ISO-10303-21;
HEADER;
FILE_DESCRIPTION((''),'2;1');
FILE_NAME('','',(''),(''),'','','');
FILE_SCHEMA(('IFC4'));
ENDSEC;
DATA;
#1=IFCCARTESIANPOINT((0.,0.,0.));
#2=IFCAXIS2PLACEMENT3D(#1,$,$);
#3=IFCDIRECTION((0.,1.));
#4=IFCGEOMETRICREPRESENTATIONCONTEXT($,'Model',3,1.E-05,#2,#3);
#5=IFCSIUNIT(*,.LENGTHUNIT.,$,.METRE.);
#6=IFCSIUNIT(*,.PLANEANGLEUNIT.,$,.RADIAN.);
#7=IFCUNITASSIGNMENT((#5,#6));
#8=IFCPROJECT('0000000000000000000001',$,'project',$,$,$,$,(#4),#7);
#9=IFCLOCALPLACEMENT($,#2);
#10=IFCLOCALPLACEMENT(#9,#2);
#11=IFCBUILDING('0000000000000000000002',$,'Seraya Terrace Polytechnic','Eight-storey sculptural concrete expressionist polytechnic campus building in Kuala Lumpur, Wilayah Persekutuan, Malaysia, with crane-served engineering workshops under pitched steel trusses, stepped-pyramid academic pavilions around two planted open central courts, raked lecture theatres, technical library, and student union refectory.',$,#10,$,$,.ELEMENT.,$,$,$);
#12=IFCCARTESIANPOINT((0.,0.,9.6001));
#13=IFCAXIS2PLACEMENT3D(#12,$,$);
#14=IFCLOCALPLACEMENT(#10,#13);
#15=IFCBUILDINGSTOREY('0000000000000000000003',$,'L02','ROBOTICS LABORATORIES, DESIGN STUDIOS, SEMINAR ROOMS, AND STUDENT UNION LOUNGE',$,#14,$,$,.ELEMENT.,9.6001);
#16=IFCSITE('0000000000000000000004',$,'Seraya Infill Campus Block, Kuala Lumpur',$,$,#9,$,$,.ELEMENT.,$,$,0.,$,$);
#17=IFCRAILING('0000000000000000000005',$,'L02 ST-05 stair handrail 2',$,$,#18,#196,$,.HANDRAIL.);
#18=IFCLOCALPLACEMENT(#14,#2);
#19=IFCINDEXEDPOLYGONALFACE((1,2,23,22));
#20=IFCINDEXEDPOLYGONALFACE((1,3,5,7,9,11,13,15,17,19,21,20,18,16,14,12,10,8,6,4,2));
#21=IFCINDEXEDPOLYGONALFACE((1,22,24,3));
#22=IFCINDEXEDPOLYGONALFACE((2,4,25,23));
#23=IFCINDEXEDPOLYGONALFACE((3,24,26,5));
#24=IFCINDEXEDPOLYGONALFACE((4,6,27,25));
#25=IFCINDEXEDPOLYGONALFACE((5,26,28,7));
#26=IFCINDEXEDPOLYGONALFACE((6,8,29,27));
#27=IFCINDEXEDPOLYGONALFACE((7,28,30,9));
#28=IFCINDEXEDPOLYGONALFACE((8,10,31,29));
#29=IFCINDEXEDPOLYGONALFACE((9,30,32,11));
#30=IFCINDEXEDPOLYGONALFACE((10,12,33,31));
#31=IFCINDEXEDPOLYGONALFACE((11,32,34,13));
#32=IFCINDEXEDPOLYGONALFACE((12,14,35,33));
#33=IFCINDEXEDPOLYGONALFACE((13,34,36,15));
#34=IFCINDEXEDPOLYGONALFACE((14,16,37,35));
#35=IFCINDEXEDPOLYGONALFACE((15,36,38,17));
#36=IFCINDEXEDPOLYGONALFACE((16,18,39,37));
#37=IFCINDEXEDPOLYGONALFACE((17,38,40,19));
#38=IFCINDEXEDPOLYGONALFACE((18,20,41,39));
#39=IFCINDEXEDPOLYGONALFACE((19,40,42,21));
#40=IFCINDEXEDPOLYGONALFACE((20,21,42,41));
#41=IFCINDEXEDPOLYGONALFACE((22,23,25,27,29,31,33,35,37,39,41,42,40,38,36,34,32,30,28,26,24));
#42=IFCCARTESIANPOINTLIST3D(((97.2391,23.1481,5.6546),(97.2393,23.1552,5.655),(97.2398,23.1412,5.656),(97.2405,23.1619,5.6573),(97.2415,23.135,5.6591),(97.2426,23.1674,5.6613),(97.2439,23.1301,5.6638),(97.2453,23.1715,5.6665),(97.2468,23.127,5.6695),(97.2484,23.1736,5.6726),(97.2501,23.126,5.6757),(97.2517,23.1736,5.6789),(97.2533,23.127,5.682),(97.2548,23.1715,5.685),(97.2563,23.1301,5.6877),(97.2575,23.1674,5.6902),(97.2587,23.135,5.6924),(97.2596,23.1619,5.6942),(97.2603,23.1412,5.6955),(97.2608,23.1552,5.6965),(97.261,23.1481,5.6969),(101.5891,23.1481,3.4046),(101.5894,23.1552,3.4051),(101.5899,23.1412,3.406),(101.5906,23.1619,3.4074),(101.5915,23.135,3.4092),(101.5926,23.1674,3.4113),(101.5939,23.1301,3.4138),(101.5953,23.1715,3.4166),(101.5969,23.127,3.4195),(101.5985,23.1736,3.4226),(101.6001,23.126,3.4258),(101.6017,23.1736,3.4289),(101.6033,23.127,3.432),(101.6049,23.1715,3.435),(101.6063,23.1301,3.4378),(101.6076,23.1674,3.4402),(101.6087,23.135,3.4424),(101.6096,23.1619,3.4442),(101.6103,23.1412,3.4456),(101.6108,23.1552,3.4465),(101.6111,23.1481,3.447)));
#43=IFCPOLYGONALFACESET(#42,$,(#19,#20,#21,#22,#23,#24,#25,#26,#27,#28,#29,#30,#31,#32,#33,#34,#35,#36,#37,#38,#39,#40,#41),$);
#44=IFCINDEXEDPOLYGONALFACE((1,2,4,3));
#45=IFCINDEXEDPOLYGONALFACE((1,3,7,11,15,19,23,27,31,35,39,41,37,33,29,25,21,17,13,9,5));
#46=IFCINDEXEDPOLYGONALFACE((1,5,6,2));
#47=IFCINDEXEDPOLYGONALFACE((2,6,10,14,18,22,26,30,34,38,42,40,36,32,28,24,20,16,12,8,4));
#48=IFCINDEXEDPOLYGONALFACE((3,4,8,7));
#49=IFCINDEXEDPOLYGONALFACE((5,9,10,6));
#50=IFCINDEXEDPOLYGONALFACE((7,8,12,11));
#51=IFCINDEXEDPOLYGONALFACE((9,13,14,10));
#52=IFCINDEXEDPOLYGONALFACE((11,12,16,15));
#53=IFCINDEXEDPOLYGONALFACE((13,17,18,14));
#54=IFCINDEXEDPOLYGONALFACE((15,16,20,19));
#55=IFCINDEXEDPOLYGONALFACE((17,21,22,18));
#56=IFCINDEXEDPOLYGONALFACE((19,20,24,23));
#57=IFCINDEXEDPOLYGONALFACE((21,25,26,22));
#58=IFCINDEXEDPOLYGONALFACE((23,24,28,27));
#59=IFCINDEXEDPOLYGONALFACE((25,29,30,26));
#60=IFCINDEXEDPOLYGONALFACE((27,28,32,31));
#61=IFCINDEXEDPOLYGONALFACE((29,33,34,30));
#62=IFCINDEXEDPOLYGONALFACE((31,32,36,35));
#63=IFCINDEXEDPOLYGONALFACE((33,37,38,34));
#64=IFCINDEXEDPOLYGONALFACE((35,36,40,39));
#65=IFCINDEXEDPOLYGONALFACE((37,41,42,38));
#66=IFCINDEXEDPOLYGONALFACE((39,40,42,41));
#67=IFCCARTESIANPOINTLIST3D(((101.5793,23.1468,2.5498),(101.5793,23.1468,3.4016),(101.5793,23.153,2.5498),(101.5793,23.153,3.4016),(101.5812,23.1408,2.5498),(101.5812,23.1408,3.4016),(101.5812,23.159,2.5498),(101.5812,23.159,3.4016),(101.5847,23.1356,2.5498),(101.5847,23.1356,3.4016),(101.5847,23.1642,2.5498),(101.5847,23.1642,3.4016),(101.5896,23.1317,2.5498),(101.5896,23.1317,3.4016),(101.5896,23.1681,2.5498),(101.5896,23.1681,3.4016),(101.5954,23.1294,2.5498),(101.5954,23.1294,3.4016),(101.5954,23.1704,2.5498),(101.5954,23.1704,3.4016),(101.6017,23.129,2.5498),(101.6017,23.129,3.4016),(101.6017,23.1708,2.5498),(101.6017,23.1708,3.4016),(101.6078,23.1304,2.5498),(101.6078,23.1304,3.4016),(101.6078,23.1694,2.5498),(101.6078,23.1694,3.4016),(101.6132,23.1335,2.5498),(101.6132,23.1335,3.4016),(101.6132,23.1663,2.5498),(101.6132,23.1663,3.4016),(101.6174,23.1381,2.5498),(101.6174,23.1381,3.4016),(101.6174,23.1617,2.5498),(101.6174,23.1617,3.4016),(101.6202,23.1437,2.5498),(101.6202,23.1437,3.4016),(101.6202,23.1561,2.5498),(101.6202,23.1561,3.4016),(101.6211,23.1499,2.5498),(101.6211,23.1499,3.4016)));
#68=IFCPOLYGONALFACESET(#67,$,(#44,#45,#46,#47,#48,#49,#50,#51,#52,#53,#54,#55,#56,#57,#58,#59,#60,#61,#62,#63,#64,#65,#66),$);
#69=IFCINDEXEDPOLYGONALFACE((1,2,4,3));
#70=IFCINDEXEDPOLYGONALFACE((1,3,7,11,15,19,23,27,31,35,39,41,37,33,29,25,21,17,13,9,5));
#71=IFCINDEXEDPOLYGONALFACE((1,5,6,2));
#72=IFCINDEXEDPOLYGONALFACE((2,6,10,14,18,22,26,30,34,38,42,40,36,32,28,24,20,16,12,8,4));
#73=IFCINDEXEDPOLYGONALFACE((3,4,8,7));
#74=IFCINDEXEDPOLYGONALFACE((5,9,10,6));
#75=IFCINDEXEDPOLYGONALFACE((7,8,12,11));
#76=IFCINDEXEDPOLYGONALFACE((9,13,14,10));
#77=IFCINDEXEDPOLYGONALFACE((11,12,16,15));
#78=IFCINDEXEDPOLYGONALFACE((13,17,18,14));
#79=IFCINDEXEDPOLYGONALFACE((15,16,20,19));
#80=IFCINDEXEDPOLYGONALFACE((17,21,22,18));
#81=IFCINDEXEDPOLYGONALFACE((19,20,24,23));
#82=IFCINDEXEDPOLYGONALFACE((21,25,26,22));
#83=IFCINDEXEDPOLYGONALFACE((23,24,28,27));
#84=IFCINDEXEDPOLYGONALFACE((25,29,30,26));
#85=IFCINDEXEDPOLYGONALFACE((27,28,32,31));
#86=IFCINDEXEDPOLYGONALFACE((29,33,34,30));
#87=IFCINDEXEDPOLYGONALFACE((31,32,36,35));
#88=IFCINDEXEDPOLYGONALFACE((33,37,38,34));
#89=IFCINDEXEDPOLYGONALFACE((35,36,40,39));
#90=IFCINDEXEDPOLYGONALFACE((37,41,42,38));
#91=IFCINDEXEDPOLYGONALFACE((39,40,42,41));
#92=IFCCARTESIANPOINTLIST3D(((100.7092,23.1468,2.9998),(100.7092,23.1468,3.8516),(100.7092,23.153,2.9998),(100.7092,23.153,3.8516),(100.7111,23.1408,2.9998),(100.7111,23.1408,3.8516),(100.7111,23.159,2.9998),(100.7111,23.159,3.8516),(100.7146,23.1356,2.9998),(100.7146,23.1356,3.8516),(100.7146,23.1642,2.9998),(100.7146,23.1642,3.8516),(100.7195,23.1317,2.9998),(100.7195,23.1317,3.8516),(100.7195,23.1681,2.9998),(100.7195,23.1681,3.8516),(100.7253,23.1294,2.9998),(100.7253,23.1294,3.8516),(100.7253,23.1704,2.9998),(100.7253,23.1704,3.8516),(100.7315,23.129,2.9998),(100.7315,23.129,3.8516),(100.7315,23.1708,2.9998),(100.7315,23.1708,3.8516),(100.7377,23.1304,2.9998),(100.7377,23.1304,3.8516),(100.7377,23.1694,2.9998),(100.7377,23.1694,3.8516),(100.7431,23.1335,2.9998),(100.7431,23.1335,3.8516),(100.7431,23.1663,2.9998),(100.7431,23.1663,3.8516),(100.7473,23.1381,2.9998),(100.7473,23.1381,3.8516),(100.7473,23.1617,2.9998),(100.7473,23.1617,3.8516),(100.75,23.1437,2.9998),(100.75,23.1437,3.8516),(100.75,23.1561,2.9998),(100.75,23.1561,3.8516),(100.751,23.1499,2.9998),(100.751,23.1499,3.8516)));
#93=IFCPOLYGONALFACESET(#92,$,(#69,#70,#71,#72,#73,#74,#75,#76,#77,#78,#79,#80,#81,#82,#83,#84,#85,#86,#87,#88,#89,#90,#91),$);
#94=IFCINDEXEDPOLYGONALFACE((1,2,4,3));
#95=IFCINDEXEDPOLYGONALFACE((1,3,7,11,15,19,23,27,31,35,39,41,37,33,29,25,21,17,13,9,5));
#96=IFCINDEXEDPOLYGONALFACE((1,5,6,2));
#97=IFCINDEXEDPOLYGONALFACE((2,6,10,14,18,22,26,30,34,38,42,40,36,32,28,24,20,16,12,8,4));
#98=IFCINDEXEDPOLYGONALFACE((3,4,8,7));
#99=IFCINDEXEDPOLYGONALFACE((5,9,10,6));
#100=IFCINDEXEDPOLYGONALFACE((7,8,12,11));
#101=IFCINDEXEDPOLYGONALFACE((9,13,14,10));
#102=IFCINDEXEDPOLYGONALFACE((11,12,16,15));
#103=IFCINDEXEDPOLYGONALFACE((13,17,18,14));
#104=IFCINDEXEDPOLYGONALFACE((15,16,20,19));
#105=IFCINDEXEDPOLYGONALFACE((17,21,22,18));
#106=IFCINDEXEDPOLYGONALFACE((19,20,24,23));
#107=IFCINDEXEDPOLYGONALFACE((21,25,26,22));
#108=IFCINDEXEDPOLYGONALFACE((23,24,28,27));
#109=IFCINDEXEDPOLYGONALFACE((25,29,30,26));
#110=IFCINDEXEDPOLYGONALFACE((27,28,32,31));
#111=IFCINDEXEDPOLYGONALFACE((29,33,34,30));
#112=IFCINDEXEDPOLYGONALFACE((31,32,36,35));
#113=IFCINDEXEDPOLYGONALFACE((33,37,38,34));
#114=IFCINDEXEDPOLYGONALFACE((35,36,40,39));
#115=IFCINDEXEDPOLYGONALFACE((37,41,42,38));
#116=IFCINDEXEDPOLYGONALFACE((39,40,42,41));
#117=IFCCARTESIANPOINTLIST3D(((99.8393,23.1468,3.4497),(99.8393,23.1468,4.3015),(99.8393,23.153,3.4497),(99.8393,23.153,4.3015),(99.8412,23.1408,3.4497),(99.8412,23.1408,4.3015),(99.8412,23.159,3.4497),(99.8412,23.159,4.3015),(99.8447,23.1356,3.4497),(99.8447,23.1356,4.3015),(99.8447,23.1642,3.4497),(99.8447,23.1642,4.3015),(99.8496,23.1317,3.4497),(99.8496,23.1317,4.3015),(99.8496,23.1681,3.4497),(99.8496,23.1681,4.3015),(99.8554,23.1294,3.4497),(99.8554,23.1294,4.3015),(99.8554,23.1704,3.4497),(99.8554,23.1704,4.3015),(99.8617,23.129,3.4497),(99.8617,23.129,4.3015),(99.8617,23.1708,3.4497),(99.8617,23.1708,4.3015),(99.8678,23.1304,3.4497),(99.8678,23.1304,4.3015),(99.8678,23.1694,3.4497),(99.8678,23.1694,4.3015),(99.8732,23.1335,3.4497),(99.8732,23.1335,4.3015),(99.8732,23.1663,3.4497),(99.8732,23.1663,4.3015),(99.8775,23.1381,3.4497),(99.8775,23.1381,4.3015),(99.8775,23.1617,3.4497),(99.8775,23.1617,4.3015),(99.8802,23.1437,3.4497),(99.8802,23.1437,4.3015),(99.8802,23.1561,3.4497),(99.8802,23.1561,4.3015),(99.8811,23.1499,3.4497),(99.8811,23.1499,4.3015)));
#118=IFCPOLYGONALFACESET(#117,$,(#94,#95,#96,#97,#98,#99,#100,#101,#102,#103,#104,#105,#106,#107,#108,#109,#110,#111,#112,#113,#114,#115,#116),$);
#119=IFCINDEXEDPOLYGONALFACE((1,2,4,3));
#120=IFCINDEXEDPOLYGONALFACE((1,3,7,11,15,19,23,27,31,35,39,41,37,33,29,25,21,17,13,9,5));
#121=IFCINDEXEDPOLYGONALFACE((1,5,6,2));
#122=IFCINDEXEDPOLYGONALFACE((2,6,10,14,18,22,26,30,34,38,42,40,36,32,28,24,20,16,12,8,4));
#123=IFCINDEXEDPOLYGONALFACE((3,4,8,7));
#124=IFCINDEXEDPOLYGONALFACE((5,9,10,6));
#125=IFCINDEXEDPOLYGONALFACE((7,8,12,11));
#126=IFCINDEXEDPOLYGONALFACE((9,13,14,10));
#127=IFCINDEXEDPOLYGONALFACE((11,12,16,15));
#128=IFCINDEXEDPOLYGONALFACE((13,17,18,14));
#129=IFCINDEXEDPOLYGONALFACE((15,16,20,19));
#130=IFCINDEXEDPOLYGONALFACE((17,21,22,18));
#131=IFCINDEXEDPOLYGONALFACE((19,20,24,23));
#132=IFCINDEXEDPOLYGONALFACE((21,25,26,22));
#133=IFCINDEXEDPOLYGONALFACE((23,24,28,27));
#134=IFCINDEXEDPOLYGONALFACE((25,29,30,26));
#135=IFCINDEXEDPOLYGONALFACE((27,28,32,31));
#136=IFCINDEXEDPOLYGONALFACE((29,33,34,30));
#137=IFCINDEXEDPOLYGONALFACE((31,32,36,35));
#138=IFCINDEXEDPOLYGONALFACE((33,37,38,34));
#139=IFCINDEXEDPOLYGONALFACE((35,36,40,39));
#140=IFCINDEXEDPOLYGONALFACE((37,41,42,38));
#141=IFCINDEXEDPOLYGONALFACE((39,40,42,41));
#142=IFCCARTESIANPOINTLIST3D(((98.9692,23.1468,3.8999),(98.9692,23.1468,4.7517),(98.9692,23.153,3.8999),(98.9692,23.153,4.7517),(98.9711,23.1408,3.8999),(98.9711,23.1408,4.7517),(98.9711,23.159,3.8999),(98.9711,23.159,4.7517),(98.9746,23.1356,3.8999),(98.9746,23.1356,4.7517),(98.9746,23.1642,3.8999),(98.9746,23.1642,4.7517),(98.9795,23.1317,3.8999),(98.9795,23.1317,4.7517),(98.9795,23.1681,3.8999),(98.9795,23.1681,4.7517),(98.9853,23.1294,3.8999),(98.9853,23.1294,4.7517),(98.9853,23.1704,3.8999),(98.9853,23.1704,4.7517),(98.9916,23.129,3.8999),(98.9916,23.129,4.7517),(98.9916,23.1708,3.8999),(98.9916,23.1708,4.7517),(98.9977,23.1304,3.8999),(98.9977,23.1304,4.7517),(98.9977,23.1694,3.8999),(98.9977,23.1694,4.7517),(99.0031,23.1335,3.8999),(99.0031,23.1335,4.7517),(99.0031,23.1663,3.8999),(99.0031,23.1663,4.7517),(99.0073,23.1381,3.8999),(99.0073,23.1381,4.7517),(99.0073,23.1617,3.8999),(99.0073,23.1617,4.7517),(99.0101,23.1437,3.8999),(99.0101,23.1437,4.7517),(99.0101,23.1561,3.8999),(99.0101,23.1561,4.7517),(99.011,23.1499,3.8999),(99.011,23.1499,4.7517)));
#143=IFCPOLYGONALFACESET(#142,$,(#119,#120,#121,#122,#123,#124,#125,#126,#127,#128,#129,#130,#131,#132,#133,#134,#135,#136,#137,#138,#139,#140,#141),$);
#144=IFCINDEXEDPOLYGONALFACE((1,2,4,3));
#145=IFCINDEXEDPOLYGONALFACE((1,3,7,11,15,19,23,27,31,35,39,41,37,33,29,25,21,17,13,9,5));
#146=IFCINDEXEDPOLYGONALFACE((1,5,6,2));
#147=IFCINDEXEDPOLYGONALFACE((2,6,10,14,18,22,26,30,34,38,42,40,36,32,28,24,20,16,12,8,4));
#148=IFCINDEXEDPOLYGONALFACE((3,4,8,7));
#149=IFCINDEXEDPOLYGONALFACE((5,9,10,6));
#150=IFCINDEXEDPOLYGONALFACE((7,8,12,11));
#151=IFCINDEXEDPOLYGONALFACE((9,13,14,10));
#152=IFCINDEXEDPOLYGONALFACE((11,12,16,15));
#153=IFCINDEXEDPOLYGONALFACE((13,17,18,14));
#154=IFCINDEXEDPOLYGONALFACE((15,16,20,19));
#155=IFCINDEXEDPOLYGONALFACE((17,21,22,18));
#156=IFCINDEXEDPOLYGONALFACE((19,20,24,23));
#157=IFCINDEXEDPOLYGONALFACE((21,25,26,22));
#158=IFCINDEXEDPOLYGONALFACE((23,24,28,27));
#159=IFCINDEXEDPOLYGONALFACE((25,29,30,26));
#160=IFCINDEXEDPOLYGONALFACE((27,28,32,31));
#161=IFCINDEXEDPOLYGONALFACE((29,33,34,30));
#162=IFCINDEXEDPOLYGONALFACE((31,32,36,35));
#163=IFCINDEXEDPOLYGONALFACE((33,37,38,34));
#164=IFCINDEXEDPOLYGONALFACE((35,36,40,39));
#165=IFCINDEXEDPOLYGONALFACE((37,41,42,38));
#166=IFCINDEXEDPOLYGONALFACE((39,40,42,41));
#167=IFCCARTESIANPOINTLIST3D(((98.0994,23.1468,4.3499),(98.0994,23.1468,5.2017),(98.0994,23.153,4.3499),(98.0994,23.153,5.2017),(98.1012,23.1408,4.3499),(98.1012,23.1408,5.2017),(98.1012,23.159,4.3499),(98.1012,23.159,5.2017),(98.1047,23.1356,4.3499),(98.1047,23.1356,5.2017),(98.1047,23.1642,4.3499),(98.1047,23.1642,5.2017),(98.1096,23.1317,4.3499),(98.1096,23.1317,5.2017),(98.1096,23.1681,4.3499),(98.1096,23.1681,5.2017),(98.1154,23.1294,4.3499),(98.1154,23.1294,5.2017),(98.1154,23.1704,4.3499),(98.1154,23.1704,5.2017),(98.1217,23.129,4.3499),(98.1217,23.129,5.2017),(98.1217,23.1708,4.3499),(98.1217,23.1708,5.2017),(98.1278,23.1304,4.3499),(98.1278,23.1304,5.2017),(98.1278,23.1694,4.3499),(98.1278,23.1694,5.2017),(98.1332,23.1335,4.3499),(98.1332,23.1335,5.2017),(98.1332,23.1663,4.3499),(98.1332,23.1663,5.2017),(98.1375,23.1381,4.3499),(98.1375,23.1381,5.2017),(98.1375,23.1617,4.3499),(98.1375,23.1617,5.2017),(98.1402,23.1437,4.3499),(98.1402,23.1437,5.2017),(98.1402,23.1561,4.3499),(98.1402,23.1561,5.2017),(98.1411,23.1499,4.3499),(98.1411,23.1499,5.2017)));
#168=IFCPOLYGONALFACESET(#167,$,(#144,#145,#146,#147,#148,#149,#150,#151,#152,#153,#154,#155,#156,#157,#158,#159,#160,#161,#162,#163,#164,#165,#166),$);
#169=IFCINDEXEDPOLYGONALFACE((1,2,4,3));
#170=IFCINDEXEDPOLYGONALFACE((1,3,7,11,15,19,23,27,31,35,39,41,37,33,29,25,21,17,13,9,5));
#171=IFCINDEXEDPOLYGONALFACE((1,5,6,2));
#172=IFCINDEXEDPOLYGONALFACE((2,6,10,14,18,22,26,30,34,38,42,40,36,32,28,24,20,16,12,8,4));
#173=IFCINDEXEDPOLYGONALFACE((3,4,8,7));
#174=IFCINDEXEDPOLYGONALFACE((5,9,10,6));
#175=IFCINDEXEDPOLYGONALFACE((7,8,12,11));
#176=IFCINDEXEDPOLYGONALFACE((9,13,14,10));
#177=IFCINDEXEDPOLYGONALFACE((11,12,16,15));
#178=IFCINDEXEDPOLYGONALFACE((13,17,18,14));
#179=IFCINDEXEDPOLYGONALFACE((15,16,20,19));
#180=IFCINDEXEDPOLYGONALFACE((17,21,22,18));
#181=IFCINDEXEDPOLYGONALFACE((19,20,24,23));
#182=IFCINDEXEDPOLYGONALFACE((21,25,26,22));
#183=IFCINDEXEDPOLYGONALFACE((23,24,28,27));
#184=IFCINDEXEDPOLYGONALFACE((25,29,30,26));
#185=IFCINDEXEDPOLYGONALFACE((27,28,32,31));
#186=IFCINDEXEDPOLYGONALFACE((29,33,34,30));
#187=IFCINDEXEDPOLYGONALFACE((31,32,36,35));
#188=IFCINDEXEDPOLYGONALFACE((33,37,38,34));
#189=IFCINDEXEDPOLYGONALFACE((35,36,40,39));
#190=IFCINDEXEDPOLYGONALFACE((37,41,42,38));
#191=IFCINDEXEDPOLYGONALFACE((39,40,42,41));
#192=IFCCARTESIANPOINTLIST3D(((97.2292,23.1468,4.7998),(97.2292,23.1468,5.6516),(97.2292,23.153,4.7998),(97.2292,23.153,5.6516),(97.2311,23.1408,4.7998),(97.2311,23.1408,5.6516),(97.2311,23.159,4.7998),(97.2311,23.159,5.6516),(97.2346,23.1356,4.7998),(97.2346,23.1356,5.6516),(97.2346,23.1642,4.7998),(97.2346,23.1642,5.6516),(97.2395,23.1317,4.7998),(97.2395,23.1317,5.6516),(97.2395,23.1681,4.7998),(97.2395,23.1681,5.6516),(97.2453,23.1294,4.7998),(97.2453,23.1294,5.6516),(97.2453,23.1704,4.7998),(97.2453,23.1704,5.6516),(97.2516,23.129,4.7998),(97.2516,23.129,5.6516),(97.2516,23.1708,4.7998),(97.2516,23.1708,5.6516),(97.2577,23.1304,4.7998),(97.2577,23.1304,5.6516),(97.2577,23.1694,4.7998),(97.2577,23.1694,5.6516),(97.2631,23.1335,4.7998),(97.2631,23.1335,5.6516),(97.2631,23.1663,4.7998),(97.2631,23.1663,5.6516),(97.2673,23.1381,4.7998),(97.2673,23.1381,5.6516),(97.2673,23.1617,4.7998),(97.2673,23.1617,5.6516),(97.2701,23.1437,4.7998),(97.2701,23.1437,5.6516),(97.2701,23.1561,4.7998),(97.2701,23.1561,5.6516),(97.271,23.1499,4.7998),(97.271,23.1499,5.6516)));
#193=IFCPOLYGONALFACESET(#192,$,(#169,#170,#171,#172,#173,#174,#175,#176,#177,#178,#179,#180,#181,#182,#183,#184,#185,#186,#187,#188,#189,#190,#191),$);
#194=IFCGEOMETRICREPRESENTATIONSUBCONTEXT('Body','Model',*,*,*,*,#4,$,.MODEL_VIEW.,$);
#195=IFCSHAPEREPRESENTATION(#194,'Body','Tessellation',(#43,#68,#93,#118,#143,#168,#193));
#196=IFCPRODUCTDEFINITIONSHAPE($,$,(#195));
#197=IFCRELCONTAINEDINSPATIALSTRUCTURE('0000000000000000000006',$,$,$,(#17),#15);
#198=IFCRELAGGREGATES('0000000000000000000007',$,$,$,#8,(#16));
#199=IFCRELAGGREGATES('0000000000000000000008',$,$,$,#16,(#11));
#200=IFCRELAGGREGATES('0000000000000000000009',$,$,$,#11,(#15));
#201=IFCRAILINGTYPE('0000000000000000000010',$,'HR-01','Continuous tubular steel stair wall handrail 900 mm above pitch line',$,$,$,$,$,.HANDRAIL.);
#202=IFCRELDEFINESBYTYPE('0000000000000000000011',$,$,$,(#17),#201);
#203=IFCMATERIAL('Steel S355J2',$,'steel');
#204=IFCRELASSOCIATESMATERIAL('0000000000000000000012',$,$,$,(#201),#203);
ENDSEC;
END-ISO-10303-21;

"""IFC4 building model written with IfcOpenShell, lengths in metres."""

from ifc_helpers import new_model, si_unit, direction, frame, origin, origin_2d, place, context, subcontext, project, spatial, circle, extrude, material, type_object, element, save


model = new_model("IFC4")

# Units and contexts
model_context = context("Model", 3, precision=1e-05, world=origin(), true_north=direction((0.0, 1.0)))
body_context = subcontext(model_context, "Body", "Model", "MODEL_VIEW")
ifc_project = project(units=[si_unit("LENGTHUNIT", "METRE"), si_unit("PLANEANGLEUNIT", "RADIAN")], contexts=[model_context])

# Site, building, storey
site_placement = place(None, origin())
site = spatial("IfcSite", under=ifc_project, at=site_placement, Name="Seraya Infill Campus Block, Kuala Lumpur", CompositionType="ELEMENT", RefElevation=0.0)
building_placement = place(site_placement, origin())
building = spatial("IfcBuilding", under=site, at=building_placement, Name="Seraya Terrace Polytechnic", Description="Eight-storey sculptural concrete expressionist polytechnic campus building in Kuala Lumpur, Wilayah Persekutuan, Malaysia, with crane-served engineering workshops under pitched steel trusses, stepped-pyramid academic pavilions around two planted open central courts, raked lecture theatres, technical library, and student union refectory.", CompositionType="ELEMENT")
storey_placement = place(building_placement, frame((0.0, 0.0, 9.6001)))
storey = spatial("IfcBuildingStorey", under=building, at=storey_placement, Name="L02", Description="ROBOTICS LABORATORIES, DESIGN STUDIOS, SEMINAR ROOMS, AND STUDENT UNION LOUNGE", CompositionType="ELEMENT", Elevation=9.6001)

# Shared definitions
ifc_material_1 = material(Name="Steel S355J2", Category="steel")

# Railing
railing_type_1 = type_object("IfcRailingType", Name="HR-01", Description="Continuous tubular steel stair wall handrail 900 mm above pitch line", PredefinedType="HANDRAIL", material=ifc_material_1)
railing_1_placement = place(storey_placement, frame((101.6001, 23.1499, 2.5498)))
element("IfcRailing", 1, at=railing_1_placement, inside=storey, type_object=railing_type_1, Name="L02 ST-05 stair handrail 2", PredefinedType="HANDRAIL", context=body_context, shape_type="SweptSolid", body=[
    extrude(circle(Radius=0.0239, at=origin_2d()), frame((0.0, 0.0, 0.876), z_axis=(-0.888222, 0.0, 0.459415), x_axis=(0.0, -1.0, 0.0)), (0.0, 0.0, 1.0), 4.8975),
    extrude(circle(Radius=0.021, at=origin_2d()), origin(), (0.0, 0.0, 1.0), 0.8518),
    extrude(circle(Radius=0.021, at=origin_2d()), frame((-0.8701, 0.0, 0.45)), (0.0, 0.0, 1.0), 0.8518),
    extrude(circle(Radius=0.021, at=origin_2d()), frame((-1.74, 0.0, 0.8999)), (0.0, 0.0, 1.0), 0.8518),
    extrude(circle(Radius=0.021, at=origin_2d()), frame((-2.6101, 0.0, 1.3501)), (0.0, 0.0, 1.0), 0.8518),
    extrude(circle(Radius=0.021, at=origin_2d()), frame((-3.48, 0.0, 1.8)), (0.0, 0.0, 1.0), 0.8518),
    extrude(circle(Radius=0.021, at=origin_2d()), frame((-4.3501, 0.0, 2.25)), (0.0, 0.0, 1.0), 0.8518),
])

save(model, "model.ifc")
